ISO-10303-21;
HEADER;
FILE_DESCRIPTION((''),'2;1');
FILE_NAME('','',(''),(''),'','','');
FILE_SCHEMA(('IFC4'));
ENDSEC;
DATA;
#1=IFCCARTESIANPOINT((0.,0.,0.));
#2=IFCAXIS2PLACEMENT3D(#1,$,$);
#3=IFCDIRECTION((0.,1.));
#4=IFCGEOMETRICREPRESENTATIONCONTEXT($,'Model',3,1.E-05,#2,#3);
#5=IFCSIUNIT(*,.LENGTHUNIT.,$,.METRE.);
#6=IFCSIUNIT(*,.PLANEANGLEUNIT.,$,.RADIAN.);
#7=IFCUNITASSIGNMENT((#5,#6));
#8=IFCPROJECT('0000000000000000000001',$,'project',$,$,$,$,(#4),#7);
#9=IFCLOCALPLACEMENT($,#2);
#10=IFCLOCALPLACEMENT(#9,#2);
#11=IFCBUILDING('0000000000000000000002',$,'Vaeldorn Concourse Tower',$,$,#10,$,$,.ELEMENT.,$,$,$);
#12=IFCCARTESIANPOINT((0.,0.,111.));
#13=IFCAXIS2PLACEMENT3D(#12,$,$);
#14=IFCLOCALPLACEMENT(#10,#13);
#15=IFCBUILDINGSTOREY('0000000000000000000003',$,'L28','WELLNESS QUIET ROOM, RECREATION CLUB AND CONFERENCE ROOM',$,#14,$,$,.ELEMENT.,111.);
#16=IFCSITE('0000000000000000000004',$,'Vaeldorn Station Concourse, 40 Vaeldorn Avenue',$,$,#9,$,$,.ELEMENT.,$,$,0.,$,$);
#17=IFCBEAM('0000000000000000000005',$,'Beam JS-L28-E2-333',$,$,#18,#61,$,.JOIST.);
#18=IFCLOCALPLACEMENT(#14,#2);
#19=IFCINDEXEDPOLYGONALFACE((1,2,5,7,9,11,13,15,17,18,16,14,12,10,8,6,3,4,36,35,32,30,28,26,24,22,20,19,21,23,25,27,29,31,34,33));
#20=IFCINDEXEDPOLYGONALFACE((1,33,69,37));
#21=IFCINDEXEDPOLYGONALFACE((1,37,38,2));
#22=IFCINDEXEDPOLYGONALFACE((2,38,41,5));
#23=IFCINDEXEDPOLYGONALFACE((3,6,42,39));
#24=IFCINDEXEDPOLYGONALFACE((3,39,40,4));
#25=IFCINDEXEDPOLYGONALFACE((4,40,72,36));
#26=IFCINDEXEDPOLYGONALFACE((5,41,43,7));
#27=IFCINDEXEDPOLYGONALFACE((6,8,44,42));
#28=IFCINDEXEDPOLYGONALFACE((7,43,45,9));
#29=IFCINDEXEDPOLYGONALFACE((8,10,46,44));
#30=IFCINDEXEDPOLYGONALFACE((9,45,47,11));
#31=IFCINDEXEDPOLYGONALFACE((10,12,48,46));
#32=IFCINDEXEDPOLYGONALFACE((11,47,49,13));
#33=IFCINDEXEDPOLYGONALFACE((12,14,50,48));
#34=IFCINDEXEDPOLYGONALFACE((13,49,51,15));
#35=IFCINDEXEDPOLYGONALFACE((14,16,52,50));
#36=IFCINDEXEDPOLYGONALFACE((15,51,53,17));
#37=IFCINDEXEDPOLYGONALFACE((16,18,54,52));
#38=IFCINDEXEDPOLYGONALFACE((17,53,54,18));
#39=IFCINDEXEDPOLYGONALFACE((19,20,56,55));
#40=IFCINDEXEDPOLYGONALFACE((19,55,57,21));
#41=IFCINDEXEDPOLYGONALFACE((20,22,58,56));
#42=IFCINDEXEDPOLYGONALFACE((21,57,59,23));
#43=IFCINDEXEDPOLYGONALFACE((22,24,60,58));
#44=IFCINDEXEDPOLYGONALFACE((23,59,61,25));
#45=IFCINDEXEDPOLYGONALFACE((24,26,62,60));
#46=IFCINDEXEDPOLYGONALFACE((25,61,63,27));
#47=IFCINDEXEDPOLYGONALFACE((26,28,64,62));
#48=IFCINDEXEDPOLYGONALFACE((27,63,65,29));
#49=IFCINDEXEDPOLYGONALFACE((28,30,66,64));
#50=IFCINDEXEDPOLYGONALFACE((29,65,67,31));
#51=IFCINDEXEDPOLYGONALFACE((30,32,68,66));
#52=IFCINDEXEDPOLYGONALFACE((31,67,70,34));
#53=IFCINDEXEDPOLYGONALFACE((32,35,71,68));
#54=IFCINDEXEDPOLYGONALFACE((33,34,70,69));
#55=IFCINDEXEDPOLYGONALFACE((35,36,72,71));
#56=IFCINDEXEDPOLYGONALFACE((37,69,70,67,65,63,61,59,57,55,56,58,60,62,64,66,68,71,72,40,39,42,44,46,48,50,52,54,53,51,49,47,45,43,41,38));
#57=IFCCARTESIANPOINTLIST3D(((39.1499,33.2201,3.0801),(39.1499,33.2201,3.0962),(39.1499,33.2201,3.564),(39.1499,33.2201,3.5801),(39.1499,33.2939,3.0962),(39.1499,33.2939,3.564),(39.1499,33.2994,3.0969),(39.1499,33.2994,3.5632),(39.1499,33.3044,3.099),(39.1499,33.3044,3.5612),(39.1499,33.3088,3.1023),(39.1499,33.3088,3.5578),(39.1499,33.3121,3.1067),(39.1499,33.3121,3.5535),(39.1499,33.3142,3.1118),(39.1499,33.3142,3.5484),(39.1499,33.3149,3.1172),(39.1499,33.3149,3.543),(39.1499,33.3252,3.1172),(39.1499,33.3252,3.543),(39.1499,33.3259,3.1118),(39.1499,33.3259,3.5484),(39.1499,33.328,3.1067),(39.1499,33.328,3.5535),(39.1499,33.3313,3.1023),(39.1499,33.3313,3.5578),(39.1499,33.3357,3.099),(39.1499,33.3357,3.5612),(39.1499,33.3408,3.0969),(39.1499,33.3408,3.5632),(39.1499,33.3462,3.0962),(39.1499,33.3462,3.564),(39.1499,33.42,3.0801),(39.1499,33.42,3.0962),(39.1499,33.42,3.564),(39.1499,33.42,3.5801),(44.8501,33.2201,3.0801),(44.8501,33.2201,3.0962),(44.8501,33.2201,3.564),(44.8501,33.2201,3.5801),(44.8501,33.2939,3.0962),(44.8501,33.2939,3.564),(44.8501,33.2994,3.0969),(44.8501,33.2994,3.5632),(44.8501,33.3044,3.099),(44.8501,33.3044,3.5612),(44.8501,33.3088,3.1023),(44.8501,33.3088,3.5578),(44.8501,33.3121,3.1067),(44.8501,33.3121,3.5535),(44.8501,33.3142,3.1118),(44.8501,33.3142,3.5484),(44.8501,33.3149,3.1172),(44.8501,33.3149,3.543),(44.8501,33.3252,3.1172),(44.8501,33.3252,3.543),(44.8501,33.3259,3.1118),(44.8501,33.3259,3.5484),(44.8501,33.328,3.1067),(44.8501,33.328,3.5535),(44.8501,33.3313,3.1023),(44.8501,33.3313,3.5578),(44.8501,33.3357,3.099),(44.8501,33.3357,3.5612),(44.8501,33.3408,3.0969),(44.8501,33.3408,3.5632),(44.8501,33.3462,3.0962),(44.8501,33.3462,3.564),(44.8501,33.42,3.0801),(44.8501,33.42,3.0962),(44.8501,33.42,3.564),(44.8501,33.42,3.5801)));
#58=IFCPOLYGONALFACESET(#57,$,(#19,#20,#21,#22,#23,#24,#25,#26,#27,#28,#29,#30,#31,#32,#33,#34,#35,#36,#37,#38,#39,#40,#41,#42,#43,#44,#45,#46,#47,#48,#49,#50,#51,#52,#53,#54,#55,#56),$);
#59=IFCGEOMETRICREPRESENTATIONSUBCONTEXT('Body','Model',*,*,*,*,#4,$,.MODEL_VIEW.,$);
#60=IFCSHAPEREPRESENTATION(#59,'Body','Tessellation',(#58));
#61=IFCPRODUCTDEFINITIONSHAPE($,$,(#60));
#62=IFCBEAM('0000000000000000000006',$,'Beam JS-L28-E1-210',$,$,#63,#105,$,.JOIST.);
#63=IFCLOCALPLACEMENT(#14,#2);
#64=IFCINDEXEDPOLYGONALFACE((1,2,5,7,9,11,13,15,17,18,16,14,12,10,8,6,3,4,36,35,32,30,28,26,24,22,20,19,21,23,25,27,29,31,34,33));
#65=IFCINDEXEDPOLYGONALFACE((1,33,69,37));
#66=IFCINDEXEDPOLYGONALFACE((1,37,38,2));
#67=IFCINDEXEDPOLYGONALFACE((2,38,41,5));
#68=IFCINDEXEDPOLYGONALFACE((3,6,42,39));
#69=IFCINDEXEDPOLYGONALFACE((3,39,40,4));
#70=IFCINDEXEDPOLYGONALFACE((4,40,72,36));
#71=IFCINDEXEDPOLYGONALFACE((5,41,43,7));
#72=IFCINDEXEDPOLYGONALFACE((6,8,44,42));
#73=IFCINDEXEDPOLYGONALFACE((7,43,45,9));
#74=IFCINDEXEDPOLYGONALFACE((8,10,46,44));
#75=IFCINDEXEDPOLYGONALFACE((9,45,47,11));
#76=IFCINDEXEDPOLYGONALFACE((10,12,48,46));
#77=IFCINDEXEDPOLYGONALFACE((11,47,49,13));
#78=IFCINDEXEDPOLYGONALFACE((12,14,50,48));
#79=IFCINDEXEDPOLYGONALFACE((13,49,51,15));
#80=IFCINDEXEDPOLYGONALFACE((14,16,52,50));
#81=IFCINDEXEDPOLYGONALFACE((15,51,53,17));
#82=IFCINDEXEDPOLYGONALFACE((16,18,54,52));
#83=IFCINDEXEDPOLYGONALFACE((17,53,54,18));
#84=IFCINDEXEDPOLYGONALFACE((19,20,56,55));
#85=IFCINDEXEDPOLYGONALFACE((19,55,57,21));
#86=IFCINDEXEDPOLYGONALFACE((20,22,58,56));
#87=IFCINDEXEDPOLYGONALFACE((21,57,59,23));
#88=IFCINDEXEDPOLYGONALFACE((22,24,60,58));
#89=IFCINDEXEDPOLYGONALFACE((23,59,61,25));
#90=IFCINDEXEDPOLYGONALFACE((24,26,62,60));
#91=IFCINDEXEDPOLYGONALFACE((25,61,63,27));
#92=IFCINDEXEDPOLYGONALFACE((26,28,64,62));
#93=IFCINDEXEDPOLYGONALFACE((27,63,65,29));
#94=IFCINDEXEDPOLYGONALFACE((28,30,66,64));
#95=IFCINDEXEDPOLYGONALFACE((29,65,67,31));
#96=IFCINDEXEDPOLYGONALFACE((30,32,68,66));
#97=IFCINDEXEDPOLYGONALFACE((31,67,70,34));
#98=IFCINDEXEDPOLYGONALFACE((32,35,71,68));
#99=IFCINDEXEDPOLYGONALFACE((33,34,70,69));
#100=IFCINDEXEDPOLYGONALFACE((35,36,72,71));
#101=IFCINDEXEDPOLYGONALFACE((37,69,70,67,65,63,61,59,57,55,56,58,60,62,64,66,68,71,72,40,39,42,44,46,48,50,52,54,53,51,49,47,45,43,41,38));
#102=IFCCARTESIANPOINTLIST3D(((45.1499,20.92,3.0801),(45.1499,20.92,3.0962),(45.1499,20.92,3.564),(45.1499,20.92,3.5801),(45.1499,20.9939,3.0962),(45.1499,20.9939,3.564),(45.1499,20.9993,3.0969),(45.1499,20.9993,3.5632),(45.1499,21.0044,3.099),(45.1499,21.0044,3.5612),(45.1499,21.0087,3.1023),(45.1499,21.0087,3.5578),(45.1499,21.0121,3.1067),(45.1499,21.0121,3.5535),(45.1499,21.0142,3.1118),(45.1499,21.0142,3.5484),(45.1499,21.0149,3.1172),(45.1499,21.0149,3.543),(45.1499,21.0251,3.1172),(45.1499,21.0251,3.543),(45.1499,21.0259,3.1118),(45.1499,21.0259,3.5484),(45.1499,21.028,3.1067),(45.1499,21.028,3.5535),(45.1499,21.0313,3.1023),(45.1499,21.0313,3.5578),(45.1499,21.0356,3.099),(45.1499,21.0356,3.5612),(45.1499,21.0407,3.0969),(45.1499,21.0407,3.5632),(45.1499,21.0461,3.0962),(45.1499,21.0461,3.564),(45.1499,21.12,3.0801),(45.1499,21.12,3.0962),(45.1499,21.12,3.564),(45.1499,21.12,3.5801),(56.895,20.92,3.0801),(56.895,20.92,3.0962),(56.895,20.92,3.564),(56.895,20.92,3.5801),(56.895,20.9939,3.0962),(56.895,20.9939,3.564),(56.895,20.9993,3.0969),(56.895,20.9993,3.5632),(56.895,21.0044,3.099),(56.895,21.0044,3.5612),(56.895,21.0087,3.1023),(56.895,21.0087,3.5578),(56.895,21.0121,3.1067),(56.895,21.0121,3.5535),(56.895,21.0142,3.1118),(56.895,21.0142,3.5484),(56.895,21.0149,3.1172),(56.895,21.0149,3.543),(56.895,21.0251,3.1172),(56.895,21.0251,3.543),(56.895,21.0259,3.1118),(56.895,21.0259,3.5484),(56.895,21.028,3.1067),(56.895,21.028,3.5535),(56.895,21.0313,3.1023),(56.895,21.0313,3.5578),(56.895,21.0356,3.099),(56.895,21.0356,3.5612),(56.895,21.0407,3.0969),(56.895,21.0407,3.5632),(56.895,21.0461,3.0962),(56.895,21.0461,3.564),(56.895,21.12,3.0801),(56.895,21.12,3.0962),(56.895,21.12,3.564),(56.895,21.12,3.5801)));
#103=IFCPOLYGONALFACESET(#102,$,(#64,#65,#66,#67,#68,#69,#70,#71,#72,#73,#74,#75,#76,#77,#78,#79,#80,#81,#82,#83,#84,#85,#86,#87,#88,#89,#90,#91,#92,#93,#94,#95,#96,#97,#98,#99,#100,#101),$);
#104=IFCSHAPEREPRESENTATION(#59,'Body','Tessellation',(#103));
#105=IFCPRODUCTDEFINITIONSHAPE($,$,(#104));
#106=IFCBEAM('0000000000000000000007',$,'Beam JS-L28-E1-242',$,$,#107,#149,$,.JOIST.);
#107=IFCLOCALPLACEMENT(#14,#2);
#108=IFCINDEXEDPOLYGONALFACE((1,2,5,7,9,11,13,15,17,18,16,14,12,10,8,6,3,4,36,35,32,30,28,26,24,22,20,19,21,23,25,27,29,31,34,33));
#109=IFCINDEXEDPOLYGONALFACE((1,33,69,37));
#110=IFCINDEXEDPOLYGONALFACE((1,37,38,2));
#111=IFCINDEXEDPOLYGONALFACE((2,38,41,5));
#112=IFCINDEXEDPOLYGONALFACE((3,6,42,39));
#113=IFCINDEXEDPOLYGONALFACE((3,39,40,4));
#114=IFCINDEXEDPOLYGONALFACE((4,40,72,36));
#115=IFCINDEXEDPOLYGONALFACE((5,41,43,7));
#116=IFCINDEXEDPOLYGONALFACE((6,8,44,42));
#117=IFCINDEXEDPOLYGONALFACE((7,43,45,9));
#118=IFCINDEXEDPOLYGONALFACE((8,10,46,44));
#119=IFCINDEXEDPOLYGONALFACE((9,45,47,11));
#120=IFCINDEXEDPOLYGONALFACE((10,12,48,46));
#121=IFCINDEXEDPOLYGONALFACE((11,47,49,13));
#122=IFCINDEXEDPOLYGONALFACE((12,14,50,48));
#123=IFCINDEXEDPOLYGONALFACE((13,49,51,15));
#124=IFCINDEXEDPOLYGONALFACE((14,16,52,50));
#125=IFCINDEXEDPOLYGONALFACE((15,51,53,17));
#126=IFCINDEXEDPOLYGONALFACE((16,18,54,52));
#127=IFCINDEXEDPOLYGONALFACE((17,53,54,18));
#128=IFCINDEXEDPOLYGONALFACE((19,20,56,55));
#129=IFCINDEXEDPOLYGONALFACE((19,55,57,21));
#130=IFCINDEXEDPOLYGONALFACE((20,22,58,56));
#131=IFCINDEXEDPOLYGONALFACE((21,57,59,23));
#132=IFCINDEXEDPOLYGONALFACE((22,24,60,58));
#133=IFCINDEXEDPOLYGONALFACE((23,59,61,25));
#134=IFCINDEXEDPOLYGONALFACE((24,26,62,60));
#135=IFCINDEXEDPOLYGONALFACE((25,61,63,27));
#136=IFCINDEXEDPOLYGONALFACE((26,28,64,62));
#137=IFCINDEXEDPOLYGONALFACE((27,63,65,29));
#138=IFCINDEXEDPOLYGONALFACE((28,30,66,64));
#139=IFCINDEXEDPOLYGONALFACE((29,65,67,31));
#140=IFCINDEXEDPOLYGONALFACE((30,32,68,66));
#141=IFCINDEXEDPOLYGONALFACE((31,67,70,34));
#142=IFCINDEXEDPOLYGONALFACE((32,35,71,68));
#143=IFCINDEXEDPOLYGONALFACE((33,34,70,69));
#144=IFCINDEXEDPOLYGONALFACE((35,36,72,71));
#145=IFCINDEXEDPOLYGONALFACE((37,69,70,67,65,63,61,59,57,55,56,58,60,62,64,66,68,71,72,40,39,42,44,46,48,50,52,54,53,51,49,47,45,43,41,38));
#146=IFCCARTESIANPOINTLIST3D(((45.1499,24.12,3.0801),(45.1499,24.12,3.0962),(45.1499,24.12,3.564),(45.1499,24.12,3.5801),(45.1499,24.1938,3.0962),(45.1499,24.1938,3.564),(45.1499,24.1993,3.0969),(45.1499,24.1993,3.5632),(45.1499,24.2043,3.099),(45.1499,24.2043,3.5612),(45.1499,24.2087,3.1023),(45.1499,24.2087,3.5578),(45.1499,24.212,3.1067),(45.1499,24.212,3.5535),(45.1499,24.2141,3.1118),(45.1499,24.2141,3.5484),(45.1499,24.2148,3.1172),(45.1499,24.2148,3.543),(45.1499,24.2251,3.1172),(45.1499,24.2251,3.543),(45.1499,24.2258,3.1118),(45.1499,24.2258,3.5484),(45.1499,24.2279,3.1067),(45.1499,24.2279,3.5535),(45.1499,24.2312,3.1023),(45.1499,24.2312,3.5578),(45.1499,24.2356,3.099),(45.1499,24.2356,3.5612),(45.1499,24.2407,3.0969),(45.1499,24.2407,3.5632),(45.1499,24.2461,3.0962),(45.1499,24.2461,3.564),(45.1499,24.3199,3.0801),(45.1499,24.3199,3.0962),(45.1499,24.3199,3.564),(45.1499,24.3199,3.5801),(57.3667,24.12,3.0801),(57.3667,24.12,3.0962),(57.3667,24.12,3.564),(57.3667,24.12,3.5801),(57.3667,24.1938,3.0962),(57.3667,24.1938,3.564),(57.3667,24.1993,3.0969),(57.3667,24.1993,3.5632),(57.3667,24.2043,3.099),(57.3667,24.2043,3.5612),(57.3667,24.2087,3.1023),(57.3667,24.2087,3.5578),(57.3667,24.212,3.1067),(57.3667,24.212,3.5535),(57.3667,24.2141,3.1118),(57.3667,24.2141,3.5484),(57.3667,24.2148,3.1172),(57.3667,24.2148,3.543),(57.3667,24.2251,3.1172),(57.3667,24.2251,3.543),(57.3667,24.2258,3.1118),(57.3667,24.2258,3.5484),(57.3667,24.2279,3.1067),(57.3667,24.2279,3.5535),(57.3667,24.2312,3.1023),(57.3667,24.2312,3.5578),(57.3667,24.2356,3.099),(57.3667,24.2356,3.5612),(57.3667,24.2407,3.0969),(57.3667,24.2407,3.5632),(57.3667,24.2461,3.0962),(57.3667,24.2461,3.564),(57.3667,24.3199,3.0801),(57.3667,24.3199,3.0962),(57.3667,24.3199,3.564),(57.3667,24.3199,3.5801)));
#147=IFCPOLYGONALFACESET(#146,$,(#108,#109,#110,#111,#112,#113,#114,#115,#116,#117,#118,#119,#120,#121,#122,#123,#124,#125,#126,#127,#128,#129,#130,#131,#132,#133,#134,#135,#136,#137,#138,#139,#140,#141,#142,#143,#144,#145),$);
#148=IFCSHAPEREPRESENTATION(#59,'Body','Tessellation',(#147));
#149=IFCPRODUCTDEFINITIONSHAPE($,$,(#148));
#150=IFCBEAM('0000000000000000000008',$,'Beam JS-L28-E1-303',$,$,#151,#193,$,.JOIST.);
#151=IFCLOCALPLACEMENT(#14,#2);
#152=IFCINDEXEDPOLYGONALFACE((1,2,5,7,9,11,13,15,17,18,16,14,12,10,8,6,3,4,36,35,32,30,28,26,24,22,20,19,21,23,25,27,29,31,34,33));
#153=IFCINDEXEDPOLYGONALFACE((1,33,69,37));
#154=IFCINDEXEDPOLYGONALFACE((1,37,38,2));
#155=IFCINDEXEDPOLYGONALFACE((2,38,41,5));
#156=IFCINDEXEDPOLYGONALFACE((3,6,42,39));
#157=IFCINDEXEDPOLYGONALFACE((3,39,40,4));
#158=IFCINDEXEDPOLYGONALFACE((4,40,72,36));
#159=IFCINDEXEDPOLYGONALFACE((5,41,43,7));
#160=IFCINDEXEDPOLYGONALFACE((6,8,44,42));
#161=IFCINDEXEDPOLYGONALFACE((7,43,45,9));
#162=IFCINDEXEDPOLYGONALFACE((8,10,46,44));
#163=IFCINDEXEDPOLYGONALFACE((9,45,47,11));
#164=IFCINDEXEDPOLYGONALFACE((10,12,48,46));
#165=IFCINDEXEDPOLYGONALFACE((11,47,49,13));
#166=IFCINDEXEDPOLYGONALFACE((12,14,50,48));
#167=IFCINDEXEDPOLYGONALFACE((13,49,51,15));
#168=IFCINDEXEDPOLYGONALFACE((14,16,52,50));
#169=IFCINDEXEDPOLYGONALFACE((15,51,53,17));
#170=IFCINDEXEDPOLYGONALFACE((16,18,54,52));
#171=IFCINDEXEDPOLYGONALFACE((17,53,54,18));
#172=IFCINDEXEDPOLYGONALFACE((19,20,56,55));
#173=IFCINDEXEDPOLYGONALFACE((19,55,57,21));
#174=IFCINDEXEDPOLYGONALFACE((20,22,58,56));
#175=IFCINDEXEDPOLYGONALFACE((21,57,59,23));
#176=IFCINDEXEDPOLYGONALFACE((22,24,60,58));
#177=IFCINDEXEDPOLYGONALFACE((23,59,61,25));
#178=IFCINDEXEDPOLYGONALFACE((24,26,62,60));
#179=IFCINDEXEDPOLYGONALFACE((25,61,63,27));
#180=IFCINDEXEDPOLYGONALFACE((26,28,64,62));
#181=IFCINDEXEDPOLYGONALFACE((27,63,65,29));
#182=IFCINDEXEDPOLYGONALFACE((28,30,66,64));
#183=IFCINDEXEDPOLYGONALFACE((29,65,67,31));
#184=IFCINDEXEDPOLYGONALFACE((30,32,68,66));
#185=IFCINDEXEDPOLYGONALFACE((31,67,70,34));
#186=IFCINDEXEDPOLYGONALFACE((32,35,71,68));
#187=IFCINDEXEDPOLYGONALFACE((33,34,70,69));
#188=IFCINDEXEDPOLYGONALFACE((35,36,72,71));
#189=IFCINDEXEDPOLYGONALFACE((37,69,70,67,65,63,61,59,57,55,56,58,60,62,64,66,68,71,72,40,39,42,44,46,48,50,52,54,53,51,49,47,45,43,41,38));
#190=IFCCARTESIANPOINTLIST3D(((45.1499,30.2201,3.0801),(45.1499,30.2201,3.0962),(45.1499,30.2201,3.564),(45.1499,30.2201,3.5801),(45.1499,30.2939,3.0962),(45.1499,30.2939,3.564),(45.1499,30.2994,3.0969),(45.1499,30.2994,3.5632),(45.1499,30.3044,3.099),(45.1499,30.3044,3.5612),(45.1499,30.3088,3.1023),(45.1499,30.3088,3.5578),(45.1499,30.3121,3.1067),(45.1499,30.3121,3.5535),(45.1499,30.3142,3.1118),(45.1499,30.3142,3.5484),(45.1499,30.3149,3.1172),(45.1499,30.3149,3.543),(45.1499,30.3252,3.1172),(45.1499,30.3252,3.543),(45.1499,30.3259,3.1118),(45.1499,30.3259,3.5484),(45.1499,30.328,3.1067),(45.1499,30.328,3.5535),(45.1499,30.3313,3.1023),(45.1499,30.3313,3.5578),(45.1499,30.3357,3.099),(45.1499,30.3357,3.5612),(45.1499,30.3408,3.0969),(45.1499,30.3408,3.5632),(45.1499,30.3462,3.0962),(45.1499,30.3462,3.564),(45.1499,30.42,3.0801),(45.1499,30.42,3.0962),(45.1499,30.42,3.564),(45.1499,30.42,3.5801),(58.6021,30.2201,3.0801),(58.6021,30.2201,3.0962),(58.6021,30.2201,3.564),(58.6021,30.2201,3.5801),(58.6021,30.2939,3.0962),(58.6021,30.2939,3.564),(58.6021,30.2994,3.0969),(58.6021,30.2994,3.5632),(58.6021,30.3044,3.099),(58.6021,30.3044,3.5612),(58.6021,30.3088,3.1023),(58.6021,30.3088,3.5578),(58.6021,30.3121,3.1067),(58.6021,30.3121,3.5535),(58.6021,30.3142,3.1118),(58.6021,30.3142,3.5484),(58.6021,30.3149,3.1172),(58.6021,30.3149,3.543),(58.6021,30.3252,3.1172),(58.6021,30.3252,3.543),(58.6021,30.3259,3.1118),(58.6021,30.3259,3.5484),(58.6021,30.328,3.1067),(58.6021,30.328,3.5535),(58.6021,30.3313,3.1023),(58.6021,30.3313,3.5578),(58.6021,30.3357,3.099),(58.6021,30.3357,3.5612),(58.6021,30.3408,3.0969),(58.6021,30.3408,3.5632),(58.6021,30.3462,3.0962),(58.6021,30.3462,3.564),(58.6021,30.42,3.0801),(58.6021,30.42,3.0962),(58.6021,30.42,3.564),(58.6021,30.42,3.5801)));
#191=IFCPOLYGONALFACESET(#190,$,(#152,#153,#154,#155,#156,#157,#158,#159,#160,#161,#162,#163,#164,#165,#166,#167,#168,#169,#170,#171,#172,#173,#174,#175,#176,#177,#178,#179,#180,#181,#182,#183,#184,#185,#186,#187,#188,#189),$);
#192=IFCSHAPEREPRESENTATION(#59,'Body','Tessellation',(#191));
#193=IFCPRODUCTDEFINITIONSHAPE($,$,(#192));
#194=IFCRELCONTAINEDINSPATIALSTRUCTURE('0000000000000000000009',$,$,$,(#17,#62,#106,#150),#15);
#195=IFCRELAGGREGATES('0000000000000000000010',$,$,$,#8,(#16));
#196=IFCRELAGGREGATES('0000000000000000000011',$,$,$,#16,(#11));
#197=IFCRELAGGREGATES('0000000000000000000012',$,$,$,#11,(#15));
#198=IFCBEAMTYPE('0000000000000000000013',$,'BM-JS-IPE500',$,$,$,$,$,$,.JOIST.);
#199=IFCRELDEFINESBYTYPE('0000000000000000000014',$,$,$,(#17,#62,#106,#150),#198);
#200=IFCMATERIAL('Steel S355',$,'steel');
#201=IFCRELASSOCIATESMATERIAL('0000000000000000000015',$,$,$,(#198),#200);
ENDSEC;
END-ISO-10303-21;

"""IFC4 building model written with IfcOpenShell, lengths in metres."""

from ifc_helpers import new_model, si_unit, direction, frame, origin, origin_2d, place, context, subcontext, project, spatial, i_section, extrude, source, transform, mapped, material, material_profile, profile_set, type_object, element, save


model = new_model("IFC4")

# Units and contexts
model_context = context("Model", 3, precision=1e-05, world=origin(), true_north=direction((0.0, 1.0)))
body_context = subcontext(model_context, "Body", "Model", "MODEL_VIEW")
ifc_project = project(units=[si_unit("LENGTHUNIT", "METRE"), si_unit("PLANEANGLEUNIT", "RADIAN")], contexts=[model_context])

# Site, building, storey
site_placement = place(None, origin())
site = spatial("IfcSite", under=ifc_project, at=site_placement, Name="Vaeldorn Station Concourse, 40 Vaeldorn Avenue", CompositionType="ELEMENT", RefElevation=0.0)
building_placement = place(site_placement, origin())
building = spatial("IfcBuilding", under=site, at=building_placement, Name="Vaeldorn Concourse Tower", CompositionType="ELEMENT")
storey_placement = place(building_placement, frame((0.0, 0.0, 111.0)))
storey = spatial("IfcBuildingStorey", under=building, at=storey_placement, Name="L28", Description="WELLNESS QUIET ROOM, RECREATION CLUB AND CONFERENCE ROOM", CompositionType="ELEMENT", Elevation=111.0)

# Beams
ifc_material_1 = material(Name="Steel S355", Category="steel")
ifc_material_profile_1 = material_profile(ifc_material_1, i_section(OverallWidth=0.2, OverallDepth=0.5, WebThickness=0.0103, FlangeThickness=0.0161, FilletRadius=0.021, at=origin_2d()), Name="IPE 500")
ifc_profile_set_1 = profile_set([ifc_material_profile_1], Name="Steel S355")
beam_type_1 = type_object("IfcBeamType", Name="BM-JS-IPE500", PredefinedType="JOIST", material=ifc_profile_set_1)
shared_shape_1 = source(origin(), body_context, "Body", "SweptSolid", [
    extrude(i_section(OverallWidth=0.2, OverallDepth=0.5, WebThickness=0.0103, FlangeThickness=0.0161, FilletRadius=0.021, at=origin_2d()), origin(), (0.0, 0.0, 1.0), 5.7002),
])
for number, where, z_axis, x_axis, name in (
    (1, (39.1499, 33.3201, 3.3301), (1.0, 0.0, 0.0), (0.0, 1.0, 0.0), "Beam JS-L28-E2-333"),
):
    element("IfcBeam", number, at=place(storey_placement, frame(where, z_axis=z_axis, x_axis=x_axis)), inside=storey, type_object=beam_type_1, Name=name, PredefinedType="JOIST", context=body_context, shape_type="MappedRepresentation", body=[
        mapped(shared_shape_1, transform((0.0, 0.0, 0.0), scale=1.0)),
    ])
shared_shape_2 = source(origin(), body_context, "Body", "SweptSolid", [
    extrude(i_section(OverallWidth=0.2, OverallDepth=0.5, WebThickness=0.0103, FlangeThickness=0.0161, FilletRadius=0.021, at=origin_2d()), origin(), (0.0, 0.0, 1.0), 11.7451),
])
beam_1_placement = place(storey_placement, frame((45.1499, 21.02, 3.3301), z_axis=(1.0, 0.0, 0.0), x_axis=(0.0, 1.0, 0.0)))
element("IfcBeam", 2, at=beam_1_placement, inside=storey, type_object=beam_type_1, Name="Beam JS-L28-E1-210", PredefinedType="JOIST", context=body_context, shape_type="MappedRepresentation", body=[
    mapped(shared_shape_2, transform((0.0, 0.0, 0.0), scale=1.0)),
])
shared_shape_3 = source(origin(), body_context, "Body", "SweptSolid", [
    extrude(i_section(OverallWidth=0.2, OverallDepth=0.5, WebThickness=0.0103, FlangeThickness=0.0161, FilletRadius=0.021, at=origin_2d()), origin(), (0.0, 0.0, 1.0), 12.2168),
])
beam_2_placement = place(storey_placement, frame((45.1499, 24.22, 3.3301), z_axis=(1.0, 0.0, 0.0), x_axis=(0.0, 1.0, 0.0)))
element("IfcBeam", 3, at=beam_2_placement, inside=storey, type_object=beam_type_1, Name="Beam JS-L28-E1-242", PredefinedType="JOIST", context=body_context, shape_type="MappedRepresentation", body=[
    mapped(shared_shape_3, transform((0.0, 0.0, 0.0), scale=1.0)),
])
shared_shape_4 = source(origin(), body_context, "Body", "SweptSolid", [
    extrude(i_section(OverallWidth=0.2, OverallDepth=0.5, WebThickness=0.0103, FlangeThickness=0.0161, FilletRadius=0.021, at=origin_2d()), origin(), (0.0, 0.0, 1.0), 13.4521),
])
beam_3_placement = place(storey_placement, frame((45.1499, 30.3201, 3.3301), z_axis=(1.0, 0.0, 0.0), x_axis=(0.0, 1.0, 0.0)))
element("IfcBeam", 4, at=beam_3_placement, inside=storey, type_object=beam_type_1, Name="Beam JS-L28-E1-303", PredefinedType="JOIST", context=body_context, shape_type="MappedRepresentation", body=[
    mapped(shared_shape_4, transform((0.0, 0.0, 0.0), scale=1.0)),
])

save(model, "model.ifc")
